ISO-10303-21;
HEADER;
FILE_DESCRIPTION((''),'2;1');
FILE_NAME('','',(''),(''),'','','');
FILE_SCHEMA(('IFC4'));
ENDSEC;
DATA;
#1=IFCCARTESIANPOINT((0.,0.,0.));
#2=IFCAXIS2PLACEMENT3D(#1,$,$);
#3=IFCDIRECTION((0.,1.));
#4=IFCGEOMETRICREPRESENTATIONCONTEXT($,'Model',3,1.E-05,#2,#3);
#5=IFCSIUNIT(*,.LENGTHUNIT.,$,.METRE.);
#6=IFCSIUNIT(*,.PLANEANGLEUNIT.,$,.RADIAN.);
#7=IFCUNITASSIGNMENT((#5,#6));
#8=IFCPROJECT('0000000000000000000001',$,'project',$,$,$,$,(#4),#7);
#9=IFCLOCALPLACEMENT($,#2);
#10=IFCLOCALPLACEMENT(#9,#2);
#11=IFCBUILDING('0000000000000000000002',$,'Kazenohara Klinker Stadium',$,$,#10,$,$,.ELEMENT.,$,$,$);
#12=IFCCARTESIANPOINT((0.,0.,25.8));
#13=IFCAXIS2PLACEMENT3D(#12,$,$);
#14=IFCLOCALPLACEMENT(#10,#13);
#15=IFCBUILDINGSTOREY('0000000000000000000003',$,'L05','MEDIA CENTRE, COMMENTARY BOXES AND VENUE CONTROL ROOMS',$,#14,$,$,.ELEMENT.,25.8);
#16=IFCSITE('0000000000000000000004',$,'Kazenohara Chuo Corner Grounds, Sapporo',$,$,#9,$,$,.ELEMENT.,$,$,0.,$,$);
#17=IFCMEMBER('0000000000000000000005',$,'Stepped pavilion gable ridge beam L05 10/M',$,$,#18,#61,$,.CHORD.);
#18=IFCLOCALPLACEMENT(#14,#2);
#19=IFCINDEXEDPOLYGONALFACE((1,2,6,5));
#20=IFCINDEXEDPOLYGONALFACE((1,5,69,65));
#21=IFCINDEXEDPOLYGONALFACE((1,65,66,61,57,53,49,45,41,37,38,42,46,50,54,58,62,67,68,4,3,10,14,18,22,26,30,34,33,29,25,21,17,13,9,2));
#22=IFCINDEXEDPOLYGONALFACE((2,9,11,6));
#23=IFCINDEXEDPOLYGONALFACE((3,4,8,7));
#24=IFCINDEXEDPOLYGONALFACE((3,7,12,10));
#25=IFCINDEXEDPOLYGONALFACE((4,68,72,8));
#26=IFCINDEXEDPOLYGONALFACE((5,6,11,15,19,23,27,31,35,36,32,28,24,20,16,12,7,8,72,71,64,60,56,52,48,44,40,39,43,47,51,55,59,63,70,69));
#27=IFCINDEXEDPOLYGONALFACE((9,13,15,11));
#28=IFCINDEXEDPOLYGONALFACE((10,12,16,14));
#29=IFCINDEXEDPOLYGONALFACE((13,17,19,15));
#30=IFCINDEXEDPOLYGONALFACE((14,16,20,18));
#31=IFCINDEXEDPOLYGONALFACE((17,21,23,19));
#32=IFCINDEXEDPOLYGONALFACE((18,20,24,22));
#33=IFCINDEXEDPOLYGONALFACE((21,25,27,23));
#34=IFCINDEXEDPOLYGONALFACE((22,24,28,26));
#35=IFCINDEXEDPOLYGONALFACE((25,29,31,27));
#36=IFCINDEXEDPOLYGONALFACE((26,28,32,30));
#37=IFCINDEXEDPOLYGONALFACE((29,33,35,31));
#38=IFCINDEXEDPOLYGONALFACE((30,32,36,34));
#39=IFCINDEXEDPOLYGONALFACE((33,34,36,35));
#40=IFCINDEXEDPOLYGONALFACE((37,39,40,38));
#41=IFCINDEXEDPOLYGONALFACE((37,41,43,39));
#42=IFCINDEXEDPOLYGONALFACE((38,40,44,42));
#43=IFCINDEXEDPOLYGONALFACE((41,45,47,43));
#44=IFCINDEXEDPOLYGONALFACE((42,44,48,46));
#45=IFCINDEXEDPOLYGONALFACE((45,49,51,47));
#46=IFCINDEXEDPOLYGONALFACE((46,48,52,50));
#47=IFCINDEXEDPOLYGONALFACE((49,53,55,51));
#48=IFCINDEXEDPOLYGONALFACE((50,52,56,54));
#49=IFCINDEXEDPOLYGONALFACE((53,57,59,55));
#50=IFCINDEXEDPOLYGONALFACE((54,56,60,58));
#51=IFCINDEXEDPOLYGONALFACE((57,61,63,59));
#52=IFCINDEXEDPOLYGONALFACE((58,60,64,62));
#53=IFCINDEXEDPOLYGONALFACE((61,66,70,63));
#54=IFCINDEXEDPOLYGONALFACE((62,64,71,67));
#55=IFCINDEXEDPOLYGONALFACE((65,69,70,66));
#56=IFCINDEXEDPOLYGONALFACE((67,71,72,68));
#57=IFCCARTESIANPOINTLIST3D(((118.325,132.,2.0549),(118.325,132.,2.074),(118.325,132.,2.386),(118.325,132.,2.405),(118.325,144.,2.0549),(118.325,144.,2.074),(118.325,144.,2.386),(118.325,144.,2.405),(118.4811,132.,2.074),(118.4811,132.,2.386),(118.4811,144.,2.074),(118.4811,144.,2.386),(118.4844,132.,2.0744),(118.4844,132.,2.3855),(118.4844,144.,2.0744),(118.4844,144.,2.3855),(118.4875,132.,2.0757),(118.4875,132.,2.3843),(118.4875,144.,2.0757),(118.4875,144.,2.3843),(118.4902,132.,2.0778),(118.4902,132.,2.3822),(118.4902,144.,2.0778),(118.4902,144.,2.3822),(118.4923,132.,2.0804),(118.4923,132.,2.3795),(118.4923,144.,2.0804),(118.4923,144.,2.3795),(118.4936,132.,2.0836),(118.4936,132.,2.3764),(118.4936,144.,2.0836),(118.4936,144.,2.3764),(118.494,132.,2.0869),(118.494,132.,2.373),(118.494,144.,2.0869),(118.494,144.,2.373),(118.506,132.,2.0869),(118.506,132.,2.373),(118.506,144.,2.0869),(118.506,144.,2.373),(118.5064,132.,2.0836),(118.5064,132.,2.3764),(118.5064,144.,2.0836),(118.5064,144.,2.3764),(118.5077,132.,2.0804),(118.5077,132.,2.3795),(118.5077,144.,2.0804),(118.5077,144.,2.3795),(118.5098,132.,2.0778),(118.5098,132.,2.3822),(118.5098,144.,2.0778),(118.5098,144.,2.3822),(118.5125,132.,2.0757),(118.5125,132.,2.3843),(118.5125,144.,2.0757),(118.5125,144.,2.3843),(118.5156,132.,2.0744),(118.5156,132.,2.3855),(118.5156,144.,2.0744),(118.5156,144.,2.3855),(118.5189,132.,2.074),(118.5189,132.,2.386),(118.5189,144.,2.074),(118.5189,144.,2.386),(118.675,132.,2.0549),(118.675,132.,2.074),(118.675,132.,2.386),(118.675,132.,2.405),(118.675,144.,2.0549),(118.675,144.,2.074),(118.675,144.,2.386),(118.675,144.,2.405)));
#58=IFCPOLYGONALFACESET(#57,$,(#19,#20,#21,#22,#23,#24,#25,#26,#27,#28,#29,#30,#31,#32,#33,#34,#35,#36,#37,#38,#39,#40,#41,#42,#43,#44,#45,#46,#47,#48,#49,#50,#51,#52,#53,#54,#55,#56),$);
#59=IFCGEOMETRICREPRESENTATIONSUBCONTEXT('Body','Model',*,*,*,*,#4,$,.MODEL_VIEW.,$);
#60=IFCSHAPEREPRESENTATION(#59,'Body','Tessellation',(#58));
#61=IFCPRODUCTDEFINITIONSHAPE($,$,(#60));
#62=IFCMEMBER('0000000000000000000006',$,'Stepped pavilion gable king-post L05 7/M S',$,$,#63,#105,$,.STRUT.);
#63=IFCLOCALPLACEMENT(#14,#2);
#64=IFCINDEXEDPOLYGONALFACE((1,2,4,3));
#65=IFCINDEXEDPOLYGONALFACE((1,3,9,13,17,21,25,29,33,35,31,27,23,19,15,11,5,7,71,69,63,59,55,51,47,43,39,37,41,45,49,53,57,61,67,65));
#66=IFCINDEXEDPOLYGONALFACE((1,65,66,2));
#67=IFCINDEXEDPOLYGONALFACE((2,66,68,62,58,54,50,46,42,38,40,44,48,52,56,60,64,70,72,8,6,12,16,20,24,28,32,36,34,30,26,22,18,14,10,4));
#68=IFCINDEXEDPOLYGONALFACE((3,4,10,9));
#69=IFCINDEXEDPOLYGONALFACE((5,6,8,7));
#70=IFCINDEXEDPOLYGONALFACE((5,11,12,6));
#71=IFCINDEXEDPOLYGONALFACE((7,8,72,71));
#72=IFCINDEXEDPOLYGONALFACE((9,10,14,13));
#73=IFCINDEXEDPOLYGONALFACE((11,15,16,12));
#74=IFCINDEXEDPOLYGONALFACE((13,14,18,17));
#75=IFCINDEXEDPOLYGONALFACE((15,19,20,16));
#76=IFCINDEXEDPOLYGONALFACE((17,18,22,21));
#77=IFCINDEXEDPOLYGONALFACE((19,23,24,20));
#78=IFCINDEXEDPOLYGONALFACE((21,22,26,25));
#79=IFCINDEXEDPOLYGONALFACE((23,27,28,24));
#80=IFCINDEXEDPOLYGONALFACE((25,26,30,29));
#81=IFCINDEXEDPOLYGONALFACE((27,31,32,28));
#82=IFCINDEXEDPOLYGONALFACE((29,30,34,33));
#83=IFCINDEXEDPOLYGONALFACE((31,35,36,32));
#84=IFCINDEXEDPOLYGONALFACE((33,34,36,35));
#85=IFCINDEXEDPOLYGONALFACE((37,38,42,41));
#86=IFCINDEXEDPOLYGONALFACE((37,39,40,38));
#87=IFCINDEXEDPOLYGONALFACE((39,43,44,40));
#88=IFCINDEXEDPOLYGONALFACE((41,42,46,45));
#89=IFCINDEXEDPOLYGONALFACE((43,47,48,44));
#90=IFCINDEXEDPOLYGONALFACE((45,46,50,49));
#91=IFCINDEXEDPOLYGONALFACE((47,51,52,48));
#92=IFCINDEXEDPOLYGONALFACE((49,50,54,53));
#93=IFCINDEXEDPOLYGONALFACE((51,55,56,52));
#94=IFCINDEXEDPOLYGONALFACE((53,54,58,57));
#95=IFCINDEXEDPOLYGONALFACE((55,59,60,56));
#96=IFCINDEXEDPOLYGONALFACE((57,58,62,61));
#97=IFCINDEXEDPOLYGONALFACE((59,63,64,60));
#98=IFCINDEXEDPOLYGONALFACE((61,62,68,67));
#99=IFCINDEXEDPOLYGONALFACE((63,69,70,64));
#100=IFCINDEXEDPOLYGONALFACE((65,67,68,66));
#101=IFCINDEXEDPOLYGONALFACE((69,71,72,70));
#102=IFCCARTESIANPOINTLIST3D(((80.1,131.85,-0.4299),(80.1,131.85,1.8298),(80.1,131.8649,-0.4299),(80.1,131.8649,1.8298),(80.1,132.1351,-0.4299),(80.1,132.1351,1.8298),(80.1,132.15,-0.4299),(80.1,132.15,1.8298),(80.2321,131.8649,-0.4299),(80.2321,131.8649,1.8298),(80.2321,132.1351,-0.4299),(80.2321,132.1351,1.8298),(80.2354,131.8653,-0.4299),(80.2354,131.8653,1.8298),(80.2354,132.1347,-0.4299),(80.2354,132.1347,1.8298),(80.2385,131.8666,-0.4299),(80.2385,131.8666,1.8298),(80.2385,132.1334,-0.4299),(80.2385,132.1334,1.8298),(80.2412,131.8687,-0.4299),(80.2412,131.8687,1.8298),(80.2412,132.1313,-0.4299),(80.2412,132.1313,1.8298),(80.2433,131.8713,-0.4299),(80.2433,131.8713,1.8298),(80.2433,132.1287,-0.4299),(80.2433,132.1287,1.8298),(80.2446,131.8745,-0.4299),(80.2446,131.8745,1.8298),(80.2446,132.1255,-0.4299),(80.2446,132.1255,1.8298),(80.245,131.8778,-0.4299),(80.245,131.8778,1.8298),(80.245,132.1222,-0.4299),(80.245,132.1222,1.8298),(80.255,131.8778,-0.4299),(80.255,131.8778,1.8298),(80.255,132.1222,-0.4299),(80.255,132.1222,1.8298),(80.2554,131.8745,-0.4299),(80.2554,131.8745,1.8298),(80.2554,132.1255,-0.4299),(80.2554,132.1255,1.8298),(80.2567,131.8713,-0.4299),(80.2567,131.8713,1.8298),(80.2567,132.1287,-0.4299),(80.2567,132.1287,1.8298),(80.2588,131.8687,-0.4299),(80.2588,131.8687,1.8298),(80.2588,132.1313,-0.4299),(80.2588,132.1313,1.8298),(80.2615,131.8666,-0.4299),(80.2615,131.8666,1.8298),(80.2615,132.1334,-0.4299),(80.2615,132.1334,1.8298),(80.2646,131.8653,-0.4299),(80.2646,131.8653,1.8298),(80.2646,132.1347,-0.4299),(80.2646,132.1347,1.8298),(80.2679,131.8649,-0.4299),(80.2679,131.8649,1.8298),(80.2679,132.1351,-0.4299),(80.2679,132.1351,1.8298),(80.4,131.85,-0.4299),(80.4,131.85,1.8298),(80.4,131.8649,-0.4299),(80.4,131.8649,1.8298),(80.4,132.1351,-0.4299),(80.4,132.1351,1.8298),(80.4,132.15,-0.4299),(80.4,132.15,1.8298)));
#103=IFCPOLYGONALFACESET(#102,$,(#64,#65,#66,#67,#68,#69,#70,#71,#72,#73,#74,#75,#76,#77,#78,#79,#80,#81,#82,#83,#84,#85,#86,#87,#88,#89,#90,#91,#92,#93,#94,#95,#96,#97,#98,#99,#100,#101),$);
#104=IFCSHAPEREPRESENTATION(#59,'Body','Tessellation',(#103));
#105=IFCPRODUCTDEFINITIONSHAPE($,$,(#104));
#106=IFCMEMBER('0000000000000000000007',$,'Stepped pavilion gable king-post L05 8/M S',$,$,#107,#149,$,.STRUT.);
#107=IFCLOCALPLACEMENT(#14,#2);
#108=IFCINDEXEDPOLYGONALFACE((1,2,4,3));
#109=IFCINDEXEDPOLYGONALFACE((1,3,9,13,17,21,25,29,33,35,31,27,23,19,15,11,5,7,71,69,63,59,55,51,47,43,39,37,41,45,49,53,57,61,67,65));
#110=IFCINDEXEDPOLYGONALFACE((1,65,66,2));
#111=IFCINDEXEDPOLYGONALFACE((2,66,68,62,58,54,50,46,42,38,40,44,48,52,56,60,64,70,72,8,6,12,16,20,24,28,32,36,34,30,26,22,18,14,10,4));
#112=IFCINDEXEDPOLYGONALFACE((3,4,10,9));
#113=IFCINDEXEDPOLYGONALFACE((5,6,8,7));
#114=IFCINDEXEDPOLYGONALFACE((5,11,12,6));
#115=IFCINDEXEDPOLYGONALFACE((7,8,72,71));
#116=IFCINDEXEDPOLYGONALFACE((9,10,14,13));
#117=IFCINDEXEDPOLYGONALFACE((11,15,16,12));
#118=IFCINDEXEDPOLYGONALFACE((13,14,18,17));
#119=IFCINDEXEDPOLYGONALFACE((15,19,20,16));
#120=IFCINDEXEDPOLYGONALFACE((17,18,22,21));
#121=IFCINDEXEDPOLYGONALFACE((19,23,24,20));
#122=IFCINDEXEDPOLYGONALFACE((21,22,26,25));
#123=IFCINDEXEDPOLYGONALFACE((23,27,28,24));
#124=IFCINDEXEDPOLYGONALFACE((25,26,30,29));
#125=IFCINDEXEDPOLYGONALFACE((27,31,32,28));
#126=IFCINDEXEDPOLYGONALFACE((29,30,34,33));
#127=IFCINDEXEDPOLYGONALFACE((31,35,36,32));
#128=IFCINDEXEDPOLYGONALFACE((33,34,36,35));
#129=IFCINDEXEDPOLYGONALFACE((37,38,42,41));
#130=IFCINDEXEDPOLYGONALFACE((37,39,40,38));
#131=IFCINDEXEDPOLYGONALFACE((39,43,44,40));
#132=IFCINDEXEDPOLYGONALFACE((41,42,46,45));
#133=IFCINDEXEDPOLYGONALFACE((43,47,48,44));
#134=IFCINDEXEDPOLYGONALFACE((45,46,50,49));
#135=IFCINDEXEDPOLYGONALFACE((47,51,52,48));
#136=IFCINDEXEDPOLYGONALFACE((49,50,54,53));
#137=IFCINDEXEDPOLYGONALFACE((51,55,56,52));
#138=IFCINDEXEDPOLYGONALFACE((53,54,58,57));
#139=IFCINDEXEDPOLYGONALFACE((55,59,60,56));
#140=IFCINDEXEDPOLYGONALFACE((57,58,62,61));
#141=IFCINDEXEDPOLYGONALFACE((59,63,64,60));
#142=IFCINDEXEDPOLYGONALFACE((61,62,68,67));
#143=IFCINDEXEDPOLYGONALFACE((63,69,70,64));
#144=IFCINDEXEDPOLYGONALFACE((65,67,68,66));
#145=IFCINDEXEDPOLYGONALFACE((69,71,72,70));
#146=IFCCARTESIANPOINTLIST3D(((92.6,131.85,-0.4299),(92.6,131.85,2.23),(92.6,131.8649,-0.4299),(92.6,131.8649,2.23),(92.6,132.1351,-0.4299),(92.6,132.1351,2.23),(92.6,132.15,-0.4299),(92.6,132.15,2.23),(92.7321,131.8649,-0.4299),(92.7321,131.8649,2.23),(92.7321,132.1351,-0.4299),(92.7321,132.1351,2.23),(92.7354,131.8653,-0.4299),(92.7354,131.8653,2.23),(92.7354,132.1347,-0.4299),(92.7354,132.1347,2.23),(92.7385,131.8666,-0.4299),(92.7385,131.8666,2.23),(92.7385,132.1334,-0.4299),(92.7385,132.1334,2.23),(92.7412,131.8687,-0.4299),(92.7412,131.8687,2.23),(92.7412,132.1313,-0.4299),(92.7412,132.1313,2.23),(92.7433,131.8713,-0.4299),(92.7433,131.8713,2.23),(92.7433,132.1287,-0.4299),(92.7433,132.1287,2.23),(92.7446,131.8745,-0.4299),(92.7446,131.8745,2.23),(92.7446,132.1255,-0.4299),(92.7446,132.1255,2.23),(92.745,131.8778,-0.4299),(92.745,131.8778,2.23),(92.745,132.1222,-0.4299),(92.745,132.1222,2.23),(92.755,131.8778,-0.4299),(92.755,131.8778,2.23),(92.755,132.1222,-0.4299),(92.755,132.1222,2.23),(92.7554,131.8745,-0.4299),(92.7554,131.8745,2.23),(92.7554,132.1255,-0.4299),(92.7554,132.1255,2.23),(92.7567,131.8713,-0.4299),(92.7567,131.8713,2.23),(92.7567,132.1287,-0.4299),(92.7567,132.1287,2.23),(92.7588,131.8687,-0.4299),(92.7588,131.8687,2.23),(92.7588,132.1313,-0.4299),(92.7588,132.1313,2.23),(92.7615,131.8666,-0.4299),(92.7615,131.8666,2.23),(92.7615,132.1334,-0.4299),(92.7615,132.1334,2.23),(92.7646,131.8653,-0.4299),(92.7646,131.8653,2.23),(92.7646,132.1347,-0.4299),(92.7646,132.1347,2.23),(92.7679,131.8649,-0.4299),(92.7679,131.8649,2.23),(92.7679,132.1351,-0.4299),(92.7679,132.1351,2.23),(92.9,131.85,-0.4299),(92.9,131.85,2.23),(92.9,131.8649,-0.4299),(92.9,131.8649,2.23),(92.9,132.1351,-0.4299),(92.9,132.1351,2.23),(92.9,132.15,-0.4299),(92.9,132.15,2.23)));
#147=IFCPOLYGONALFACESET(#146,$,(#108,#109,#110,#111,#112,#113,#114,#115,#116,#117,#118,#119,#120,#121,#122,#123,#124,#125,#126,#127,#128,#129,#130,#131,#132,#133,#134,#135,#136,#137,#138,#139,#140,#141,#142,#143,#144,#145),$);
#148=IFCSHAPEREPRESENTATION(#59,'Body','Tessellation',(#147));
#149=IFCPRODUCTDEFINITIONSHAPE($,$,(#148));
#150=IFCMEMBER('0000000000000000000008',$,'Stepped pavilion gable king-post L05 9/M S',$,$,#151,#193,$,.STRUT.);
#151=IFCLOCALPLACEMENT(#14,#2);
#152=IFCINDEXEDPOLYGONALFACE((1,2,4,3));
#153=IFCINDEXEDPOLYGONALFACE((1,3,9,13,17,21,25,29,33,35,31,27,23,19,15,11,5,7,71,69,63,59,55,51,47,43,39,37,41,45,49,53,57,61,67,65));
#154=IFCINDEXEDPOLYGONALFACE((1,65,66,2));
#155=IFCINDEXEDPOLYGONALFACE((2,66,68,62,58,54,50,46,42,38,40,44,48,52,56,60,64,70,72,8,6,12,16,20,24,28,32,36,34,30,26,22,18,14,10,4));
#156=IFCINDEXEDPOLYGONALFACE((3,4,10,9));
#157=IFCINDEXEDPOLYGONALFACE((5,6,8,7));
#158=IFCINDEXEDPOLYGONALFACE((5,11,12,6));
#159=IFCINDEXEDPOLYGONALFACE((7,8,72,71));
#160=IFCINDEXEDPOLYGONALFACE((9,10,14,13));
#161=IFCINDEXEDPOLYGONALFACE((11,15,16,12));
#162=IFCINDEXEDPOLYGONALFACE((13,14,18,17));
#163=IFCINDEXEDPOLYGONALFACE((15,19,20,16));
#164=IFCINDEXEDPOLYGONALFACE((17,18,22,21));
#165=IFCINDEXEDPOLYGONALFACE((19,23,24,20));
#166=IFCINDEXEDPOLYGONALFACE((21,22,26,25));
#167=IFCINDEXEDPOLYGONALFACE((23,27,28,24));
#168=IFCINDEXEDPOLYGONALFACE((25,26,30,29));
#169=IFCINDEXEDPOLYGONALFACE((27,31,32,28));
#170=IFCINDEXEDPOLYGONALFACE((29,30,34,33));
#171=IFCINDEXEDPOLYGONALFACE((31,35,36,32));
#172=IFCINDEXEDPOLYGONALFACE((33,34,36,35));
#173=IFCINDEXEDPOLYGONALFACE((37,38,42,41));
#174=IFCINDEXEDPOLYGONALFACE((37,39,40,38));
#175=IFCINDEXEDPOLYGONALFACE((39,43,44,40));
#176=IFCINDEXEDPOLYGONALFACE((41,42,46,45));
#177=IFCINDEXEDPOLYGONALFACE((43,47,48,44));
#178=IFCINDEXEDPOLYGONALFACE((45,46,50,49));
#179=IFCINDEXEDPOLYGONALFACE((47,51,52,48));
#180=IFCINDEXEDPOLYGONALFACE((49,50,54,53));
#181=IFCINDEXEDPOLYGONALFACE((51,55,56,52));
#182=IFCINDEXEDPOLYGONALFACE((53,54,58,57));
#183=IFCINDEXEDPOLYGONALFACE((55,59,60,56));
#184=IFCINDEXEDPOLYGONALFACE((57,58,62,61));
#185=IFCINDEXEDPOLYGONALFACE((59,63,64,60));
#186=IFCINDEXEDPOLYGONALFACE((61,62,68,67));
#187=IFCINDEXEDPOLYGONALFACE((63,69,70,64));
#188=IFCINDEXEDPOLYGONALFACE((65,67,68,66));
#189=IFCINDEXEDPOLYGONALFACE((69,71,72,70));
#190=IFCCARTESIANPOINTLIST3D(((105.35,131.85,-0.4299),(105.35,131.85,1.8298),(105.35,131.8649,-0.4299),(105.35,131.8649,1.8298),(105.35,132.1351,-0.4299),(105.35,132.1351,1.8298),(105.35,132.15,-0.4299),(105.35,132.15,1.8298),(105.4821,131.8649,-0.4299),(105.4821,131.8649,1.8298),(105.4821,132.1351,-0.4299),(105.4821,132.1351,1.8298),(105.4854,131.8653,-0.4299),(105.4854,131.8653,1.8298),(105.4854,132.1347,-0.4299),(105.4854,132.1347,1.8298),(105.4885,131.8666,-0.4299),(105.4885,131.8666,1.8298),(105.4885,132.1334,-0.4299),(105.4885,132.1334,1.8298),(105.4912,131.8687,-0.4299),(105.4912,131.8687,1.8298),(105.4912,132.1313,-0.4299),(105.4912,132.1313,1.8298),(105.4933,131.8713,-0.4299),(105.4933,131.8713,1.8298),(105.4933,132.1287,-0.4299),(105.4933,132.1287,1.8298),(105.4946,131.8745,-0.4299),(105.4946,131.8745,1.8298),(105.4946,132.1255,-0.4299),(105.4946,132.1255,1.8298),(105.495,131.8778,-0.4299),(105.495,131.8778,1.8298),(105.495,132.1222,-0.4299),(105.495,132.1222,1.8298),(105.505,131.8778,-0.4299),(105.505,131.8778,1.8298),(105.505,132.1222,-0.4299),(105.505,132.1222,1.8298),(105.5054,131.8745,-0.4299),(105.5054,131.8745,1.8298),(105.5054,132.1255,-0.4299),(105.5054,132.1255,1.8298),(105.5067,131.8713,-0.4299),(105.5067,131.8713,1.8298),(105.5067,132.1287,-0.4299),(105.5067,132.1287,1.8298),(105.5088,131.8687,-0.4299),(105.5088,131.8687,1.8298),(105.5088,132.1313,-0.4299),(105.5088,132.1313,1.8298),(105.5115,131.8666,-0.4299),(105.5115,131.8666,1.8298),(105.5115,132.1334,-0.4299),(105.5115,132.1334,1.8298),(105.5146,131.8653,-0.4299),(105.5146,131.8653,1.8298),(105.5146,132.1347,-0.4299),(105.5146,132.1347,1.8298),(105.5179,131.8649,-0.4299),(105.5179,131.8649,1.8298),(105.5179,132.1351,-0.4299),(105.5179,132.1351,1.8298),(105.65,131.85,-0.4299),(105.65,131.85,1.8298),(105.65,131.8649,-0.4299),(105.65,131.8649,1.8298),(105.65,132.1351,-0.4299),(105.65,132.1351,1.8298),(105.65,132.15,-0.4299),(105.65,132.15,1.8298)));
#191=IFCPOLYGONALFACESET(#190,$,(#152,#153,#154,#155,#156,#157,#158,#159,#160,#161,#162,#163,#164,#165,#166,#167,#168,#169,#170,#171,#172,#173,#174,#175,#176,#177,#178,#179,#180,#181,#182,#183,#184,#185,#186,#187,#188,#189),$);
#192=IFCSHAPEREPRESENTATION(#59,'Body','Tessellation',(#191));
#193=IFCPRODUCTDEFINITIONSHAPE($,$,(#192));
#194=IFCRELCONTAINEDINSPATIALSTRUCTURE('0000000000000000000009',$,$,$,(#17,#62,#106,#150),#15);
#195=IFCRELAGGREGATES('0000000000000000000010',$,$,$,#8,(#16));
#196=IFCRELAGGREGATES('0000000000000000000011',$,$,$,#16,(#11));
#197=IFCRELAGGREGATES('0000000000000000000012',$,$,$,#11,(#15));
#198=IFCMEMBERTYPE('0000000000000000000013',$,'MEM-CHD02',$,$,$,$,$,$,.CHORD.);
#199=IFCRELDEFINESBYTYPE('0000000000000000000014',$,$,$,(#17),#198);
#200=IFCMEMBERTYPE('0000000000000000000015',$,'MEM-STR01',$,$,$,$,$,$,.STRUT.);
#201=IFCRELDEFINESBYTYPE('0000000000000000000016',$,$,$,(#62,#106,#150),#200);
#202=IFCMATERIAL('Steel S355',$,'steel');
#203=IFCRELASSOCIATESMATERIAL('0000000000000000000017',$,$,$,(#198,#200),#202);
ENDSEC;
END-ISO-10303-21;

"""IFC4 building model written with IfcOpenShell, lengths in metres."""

from ifc_helpers import new_model, si_unit, direction, frame, origin, origin_2d, place, context, subcontext, project, spatial, i_section, extrude, material, material_profile, profile_set, type_object, element, save


model = new_model("IFC4")

# Units and contexts
model_context = context("Model", 3, precision=1e-05, world=origin(), true_north=direction((0.0, 1.0)))
body_context = subcontext(model_context, "Body", "Model", "MODEL_VIEW")
ifc_project = project(units=[si_unit("LENGTHUNIT", "METRE"), si_unit("PLANEANGLEUNIT", "RADIAN")], contexts=[model_context])

# Site, building, storey
site_placement = place(None, origin())
site = spatial("IfcSite", under=ifc_project, at=site_placement, Name="Kazenohara Chuo Corner Grounds, Sapporo", CompositionType="ELEMENT", RefElevation=0.0)
building_placement = place(site_placement, origin())
building = spatial("IfcBuilding", under=site, at=building_placement, Name="Kazenohara Klinker Stadium", CompositionType="ELEMENT")
storey_placement = place(building_placement, frame((0.0, 0.0, 25.8)))
storey = spatial("IfcBuildingStorey", under=building, at=storey_placement, Name="L05", Description="MEDIA CENTRE, COMMENTARY BOXES AND VENUE CONTROL ROOMS", CompositionType="ELEMENT", Elevation=25.8)

# Shared definitions
ifc_material_1 = material(Name="Steel S355", Category="steel")

# Members
ifc_material_profile_1 = material_profile(ifc_material_1, i_section(OverallWidth=0.3501, OverallDepth=0.3501, WebThickness=0.012, FlangeThickness=0.019, FilletRadius=0.0129, at=origin_2d()), Name="H-350x350x12x19")
ifc_profile_set_1 = profile_set([ifc_material_profile_1], Name="Steel S355")
member_type_1 = type_object("IfcMemberType", Name="MEM-CHD02", PredefinedType="CHORD", material=ifc_profile_set_1)
for number, where, z_axis, x_axis, name in (
    (1, (118.5, 132.0, 2.23), (0.0, 1.0, 0.0), (-1.0, 0.0, 0.0), "Stepped pavilion gable ridge beam L05 10/M"),
):
    element("IfcMember", number, at=place(storey_placement, frame(where, z_axis=z_axis, x_axis=x_axis)), inside=storey, type_object=member_type_1, Name=name, PredefinedType="CHORD", context=body_context, shape_type="SweptSolid", body=[
        extrude(i_section(OverallWidth=0.3501, OverallDepth=0.3501, WebThickness=0.012, FlangeThickness=0.019, FilletRadius=0.0129, at=origin_2d()), origin(), (0.0, 0.0, 1.0), 12.0),
    ])
ifc_material_profile_2 = material_profile(ifc_material_1, i_section(OverallWidth=0.3, OverallDepth=0.3, WebThickness=0.01, FlangeThickness=0.0149, FilletRadius=0.0129, at=origin_2d()), Name="H-300x300x10x15")
ifc_profile_set_2 = profile_set([ifc_material_profile_2], Name="Steel S355")
member_type_2 = type_object("IfcMemberType", Name="MEM-STR01", PredefinedType="STRUT", material=ifc_profile_set_2)
member_1_placement = place(storey_placement, frame((80.25, 132.0, -0.4299), z_axis=(0.0, 0.0, 1.0), x_axis=(1.0, 0.0, 0.0)))
element("IfcMember", 2, at=member_1_placement, inside=storey, type_object=member_type_2, Name="Stepped pavilion gable king-post L05 7/M S", PredefinedType="STRUT", context=body_context, shape_type="SweptSolid", body=[
    extrude(i_section(OverallWidth=0.3, OverallDepth=0.3, WebThickness=0.01, FlangeThickness=0.0149, FilletRadius=0.0129, at=origin_2d()), origin(), (0.0, 0.0, 1.0), 2.2598),
])
member_2_placement = place(storey_placement, frame((92.75, 132.0, -0.4299), z_axis=(0.0, 0.0, 1.0), x_axis=(1.0, 0.0, 0.0)))
element("IfcMember", 3, at=member_2_placement, inside=storey, type_object=member_type_2, Name="Stepped pavilion gable king-post L05 8/M S", PredefinedType="STRUT", context=body_context, shape_type="SweptSolid", body=[
    extrude(i_section(OverallWidth=0.3, OverallDepth=0.3, WebThickness=0.01, FlangeThickness=0.0149, FilletRadius=0.0129, at=origin_2d()), origin(), (0.0, 0.0, 1.0), 2.6599),
])
member_3_placement = place(storey_placement, frame((105.5, 132.0, -0.4299), z_axis=(0.0, 0.0, 1.0), x_axis=(1.0, 0.0, 0.0)))
element("IfcMember", 4, at=member_3_placement, inside=storey, type_object=member_type_2, Name="Stepped pavilion gable king-post L05 9/M S", PredefinedType="STRUT", context=body_context, shape_type="SweptSolid", body=[
    extrude(i_section(OverallWidth=0.3, OverallDepth=0.3, WebThickness=0.01, FlangeThickness=0.0149, FilletRadius=0.0129, at=origin_2d()), origin(), (0.0, 0.0, 1.0), 2.2598),
])

save(model, "model.ifc")
